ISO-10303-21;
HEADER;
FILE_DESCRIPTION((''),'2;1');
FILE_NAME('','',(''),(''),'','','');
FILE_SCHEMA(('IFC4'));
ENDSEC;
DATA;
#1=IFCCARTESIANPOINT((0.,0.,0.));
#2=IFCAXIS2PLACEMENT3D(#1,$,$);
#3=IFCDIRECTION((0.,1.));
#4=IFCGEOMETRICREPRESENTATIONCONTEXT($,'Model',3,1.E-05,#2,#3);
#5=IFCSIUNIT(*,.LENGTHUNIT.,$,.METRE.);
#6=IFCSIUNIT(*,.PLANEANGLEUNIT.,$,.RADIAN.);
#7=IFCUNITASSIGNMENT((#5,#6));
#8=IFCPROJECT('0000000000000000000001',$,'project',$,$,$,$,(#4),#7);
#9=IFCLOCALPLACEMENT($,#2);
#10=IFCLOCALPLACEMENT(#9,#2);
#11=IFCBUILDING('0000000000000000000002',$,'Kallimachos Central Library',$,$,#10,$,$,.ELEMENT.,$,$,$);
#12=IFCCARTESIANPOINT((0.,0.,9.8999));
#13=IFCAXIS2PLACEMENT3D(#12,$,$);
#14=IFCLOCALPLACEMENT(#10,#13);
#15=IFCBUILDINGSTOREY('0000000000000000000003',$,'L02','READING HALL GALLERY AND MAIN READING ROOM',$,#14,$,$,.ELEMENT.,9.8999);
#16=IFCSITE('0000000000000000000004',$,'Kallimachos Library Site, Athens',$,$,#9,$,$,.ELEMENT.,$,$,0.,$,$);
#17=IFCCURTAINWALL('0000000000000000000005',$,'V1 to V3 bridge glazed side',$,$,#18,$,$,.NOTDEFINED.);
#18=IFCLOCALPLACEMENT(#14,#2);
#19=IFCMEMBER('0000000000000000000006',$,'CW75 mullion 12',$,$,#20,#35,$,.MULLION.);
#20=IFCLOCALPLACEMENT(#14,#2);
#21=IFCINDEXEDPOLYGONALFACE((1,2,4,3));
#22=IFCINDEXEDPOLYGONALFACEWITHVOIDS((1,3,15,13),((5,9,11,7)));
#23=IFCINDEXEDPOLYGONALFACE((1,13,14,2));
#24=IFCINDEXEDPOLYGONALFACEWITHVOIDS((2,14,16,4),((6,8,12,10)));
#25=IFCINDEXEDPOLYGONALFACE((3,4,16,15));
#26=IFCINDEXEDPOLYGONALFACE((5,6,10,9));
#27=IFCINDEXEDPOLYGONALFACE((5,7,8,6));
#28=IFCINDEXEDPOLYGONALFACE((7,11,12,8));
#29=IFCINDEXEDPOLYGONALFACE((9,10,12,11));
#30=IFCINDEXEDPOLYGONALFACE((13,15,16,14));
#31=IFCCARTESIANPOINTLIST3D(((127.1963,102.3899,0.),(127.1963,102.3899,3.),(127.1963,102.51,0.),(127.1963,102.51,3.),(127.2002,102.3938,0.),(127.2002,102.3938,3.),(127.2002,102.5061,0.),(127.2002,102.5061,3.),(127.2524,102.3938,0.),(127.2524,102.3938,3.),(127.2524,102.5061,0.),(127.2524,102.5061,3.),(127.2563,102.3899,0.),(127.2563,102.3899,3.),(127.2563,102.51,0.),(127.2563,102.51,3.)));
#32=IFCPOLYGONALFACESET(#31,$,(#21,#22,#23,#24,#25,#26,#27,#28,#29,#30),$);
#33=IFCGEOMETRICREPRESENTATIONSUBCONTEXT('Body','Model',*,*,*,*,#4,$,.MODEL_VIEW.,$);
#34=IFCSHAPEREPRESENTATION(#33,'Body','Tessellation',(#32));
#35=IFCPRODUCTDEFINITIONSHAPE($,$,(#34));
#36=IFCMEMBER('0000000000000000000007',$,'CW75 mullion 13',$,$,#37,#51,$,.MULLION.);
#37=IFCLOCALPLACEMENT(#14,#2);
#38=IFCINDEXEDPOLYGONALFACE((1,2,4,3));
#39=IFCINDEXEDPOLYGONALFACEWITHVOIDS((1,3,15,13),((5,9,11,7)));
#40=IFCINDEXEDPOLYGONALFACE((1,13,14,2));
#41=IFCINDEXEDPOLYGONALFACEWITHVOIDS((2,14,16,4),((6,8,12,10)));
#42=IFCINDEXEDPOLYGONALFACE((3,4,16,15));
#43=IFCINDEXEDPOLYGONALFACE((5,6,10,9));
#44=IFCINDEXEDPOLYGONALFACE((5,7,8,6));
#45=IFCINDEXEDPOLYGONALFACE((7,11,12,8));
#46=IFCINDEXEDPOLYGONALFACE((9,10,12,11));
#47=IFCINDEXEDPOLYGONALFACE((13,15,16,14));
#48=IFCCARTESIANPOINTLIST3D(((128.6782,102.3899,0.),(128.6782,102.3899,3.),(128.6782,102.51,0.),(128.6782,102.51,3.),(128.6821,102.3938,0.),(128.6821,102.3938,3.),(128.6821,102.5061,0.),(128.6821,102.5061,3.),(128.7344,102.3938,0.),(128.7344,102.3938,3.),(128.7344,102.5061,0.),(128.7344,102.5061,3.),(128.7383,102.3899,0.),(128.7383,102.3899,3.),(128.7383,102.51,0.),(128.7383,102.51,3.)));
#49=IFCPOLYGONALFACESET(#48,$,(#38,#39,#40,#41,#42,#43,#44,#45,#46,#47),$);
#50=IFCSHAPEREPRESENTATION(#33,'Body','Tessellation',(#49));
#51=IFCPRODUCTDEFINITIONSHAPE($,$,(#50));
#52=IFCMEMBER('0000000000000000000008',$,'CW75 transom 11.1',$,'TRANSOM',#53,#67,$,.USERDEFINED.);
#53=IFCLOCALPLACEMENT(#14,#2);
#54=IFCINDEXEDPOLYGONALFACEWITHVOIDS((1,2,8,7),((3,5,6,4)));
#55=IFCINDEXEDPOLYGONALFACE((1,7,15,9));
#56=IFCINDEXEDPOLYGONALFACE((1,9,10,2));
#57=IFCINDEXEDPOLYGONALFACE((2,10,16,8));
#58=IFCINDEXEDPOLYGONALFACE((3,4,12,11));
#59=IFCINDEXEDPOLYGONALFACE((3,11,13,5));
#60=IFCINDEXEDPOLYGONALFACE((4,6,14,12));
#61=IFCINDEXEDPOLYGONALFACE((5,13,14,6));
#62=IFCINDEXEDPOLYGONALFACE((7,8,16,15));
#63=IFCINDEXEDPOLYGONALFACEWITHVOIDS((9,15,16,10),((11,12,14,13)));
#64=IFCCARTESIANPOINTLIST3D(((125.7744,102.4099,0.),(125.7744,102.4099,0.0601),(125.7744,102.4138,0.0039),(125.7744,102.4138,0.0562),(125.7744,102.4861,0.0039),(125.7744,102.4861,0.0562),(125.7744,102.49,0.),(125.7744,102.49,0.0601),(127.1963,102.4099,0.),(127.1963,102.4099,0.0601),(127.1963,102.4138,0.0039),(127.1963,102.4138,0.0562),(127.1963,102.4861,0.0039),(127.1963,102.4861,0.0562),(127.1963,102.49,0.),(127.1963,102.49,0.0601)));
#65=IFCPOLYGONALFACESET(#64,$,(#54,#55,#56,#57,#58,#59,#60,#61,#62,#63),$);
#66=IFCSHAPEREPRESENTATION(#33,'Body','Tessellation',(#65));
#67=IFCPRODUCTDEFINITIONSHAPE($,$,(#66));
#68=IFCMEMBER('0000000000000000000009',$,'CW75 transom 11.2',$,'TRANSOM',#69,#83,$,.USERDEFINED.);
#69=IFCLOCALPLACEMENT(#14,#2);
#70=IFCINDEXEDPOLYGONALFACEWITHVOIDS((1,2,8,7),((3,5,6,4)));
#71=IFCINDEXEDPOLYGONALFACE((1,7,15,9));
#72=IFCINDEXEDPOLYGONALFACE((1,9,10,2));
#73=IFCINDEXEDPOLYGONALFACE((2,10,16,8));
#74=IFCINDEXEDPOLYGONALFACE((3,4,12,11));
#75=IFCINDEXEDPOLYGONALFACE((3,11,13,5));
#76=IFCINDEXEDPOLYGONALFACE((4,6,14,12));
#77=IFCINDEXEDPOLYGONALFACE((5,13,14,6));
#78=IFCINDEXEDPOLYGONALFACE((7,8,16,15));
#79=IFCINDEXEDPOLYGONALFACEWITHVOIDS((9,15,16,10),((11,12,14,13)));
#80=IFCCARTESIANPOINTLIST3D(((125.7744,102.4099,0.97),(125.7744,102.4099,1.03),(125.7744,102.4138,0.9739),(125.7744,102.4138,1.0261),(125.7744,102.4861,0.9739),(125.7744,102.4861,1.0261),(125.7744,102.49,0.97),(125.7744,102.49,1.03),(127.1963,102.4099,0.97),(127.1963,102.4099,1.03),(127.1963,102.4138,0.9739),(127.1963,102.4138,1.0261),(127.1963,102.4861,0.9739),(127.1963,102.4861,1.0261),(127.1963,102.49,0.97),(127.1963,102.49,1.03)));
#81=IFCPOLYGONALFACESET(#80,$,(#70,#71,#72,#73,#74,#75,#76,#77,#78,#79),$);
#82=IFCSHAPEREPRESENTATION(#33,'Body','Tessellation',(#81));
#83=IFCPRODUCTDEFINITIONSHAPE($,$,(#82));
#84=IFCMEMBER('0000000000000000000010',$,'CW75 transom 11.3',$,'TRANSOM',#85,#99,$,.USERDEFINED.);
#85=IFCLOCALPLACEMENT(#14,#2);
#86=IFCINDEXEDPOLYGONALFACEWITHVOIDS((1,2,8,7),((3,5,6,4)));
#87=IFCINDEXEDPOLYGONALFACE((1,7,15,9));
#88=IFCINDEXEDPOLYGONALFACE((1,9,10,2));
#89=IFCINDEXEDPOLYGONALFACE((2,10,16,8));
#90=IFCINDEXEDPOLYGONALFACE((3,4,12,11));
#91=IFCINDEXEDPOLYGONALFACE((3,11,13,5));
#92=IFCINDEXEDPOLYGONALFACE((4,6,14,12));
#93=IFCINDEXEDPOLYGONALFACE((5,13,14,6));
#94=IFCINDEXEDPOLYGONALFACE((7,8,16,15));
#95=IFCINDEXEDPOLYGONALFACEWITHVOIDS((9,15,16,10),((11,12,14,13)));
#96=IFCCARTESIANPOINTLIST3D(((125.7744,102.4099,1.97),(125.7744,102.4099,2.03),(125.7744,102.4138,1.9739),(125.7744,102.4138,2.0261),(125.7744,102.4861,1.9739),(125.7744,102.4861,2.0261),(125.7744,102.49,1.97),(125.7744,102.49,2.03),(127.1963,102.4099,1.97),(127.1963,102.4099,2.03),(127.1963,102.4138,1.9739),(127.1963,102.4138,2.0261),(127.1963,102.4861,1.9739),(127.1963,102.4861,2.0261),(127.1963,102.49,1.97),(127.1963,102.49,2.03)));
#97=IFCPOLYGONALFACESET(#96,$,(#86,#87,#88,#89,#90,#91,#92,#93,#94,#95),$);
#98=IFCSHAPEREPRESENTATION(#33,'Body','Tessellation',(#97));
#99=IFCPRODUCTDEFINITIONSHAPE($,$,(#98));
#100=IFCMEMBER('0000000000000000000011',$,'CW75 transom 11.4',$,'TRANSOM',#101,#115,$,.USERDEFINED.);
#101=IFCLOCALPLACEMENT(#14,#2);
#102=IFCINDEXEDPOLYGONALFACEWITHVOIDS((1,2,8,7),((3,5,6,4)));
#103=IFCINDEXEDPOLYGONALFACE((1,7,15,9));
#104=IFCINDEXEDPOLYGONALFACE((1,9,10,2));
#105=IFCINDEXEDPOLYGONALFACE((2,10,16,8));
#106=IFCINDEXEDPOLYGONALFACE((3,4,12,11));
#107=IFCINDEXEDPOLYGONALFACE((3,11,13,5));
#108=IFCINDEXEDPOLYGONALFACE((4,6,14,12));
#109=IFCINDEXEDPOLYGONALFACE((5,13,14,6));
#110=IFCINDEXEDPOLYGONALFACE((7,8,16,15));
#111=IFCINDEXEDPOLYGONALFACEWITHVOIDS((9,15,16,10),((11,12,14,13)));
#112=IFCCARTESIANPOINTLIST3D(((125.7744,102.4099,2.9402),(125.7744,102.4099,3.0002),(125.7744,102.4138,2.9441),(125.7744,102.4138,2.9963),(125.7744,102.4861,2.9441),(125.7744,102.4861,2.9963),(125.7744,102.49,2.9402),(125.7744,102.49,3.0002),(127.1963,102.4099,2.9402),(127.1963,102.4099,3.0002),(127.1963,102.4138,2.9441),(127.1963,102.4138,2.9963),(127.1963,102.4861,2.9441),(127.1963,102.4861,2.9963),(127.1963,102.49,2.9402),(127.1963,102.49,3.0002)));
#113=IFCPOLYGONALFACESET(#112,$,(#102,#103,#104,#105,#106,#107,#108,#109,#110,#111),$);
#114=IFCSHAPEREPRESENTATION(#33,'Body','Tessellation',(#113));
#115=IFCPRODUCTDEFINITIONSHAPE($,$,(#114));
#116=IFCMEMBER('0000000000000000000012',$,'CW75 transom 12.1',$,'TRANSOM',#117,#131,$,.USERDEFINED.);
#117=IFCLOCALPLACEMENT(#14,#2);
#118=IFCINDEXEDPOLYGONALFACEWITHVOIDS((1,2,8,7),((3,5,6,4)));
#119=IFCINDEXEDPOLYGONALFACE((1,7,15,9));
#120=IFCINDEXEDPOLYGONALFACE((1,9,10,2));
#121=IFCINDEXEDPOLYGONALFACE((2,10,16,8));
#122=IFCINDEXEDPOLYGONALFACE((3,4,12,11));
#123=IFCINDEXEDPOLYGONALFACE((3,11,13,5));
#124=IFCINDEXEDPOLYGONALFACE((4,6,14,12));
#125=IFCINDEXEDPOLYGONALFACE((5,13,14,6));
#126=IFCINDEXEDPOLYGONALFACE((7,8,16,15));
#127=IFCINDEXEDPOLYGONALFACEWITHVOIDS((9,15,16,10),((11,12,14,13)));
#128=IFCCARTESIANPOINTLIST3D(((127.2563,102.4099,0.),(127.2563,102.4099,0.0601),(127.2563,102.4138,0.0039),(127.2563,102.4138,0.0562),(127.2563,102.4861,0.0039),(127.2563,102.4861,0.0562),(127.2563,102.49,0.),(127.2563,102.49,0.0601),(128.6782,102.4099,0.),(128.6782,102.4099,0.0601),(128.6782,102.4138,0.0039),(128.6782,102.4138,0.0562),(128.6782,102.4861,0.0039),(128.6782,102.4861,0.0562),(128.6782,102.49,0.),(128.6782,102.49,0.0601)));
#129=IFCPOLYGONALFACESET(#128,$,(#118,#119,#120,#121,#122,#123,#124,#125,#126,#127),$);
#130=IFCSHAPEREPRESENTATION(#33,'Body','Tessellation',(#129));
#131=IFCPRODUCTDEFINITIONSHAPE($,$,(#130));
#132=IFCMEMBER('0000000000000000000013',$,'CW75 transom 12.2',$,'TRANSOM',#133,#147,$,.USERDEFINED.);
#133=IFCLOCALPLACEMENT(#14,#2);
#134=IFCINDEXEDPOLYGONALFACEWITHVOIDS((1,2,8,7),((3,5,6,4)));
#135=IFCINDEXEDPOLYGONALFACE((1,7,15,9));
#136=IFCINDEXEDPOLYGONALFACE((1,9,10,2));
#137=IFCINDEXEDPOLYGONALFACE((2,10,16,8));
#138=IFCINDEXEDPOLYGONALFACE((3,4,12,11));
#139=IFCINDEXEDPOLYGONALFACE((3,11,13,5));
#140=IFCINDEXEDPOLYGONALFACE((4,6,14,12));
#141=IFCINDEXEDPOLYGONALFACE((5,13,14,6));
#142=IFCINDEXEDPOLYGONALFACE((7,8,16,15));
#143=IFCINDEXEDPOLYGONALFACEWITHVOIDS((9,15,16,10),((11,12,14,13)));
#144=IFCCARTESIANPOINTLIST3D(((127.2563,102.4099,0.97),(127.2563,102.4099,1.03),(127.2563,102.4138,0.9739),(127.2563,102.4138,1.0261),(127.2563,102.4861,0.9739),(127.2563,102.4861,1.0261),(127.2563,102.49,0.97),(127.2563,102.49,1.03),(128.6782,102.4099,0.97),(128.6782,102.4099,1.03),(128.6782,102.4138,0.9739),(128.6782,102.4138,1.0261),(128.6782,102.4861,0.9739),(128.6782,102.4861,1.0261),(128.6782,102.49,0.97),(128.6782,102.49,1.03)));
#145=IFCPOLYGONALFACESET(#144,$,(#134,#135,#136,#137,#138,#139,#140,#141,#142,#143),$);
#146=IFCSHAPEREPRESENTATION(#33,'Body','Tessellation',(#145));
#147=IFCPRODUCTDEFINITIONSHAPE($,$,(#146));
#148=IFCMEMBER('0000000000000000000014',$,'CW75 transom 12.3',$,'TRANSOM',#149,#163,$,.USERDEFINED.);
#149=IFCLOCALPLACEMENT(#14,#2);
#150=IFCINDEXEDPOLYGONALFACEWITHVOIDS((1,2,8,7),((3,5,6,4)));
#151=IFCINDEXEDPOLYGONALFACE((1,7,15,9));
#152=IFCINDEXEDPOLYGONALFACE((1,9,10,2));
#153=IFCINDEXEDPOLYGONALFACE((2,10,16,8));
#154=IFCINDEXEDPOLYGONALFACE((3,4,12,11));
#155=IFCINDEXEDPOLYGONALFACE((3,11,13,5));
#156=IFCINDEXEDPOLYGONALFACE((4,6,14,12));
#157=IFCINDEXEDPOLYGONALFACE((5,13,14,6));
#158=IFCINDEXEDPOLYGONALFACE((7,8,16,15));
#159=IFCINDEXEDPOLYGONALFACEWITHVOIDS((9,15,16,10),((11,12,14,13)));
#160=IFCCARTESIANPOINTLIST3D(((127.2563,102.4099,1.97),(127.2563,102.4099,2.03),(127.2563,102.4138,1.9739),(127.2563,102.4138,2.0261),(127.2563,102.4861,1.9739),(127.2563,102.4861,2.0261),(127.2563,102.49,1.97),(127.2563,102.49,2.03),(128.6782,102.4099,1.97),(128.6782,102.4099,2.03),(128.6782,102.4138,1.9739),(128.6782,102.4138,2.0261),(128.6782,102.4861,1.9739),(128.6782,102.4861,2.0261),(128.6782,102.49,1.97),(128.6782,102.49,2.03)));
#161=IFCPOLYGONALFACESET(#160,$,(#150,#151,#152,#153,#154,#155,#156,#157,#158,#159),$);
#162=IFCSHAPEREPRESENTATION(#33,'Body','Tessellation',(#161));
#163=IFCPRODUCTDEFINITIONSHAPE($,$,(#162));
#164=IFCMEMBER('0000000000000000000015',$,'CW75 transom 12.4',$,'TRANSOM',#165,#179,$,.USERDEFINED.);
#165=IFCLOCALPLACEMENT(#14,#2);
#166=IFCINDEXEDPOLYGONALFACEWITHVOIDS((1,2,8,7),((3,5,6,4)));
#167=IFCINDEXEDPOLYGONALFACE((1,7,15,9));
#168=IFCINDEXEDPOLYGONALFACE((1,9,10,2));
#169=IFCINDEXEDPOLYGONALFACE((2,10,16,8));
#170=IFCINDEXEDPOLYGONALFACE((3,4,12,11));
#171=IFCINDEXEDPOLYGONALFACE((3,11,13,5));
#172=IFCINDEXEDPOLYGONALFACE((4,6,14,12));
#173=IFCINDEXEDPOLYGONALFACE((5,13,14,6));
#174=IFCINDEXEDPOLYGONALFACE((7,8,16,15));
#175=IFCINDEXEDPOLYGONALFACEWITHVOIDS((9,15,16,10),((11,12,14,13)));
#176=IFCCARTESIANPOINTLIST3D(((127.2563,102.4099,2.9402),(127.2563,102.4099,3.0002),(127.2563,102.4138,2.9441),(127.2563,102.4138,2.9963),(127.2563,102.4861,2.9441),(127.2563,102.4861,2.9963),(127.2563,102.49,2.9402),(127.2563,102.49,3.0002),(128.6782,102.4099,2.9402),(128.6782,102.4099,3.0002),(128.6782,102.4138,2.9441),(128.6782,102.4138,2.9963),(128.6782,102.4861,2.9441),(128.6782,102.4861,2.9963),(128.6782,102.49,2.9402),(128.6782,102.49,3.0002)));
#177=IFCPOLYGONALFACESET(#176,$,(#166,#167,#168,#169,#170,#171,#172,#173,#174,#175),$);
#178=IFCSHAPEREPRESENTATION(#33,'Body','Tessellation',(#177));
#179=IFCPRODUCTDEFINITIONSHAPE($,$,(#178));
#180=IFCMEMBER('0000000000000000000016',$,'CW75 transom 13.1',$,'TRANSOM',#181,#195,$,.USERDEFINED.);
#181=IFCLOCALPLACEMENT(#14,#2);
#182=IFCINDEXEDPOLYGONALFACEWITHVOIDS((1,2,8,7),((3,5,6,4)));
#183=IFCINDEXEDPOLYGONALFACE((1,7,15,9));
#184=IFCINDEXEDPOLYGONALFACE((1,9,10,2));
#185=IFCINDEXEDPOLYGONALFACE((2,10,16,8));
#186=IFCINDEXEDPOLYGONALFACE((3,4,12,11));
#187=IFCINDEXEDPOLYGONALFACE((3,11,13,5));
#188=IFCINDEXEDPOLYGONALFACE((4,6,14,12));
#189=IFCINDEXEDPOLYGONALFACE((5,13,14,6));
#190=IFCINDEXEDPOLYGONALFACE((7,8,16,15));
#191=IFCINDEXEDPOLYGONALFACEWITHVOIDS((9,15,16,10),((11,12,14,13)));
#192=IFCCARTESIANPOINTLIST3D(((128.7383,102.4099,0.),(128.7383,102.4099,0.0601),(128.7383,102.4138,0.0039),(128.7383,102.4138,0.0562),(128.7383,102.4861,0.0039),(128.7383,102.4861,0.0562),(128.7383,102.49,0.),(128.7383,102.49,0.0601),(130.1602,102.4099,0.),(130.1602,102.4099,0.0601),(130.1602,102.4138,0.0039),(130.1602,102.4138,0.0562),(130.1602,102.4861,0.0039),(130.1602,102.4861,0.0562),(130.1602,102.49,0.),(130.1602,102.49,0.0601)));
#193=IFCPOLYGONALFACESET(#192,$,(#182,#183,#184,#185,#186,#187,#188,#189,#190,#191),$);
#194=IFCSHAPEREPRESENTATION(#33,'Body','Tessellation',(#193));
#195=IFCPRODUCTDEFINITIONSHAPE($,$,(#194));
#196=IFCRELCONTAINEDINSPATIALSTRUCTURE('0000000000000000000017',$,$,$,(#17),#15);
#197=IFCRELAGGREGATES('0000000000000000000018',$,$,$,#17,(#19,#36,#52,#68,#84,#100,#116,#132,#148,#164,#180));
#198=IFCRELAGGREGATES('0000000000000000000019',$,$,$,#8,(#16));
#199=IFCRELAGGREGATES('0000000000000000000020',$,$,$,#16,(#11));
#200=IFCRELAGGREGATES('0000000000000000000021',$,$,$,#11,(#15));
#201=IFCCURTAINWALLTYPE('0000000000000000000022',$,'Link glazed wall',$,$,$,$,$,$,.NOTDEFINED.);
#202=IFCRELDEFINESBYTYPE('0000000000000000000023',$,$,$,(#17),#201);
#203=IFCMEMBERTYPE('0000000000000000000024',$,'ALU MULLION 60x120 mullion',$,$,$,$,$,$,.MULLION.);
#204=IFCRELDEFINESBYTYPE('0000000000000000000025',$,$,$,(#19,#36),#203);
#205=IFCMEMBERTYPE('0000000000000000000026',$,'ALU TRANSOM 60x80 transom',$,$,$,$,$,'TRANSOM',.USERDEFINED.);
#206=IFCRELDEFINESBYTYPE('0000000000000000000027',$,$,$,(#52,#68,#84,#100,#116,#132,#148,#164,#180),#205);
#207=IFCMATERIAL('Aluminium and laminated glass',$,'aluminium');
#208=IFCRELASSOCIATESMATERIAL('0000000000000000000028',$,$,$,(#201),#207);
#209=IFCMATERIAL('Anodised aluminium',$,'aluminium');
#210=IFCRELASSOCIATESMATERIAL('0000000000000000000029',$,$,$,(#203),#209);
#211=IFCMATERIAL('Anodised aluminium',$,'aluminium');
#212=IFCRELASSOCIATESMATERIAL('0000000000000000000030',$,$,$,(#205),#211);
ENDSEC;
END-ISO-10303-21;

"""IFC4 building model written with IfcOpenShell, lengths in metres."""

from ifc_helpers import new_model, si_unit, direction, frame, origin, origin_2d, place, context, subcontext, project, spatial, hollow_rectangle, extrude, material, material_profile, profile_set, type_object, element, aggregate, save


model = new_model("IFC4")

# Units and contexts
model_context = context("Model", 3, precision=1e-05, world=origin(), true_north=direction((0.0, 1.0)))
body_context = subcontext(model_context, "Body", "Model", "MODEL_VIEW")
ifc_project = project(units=[si_unit("LENGTHUNIT", "METRE"), si_unit("PLANEANGLEUNIT", "RADIAN")], contexts=[model_context])

# Site, building, storey
site_placement = place(None, origin())
site = spatial("IfcSite", under=ifc_project, at=site_placement, Name="Kallimachos Library Site, Athens", CompositionType="ELEMENT", RefElevation=0.0)
building_placement = place(site_placement, origin())
building = spatial("IfcBuilding", under=site, at=building_placement, Name="Kallimachos Central Library", CompositionType="ELEMENT")
storey_placement = place(building_placement, frame((0.0, 0.0, 9.8999)))
storey = spatial("IfcBuildingStorey", under=building, at=storey_placement, Name="L02", Description="READING HALL GALLERY AND MAIN READING ROOM", CompositionType="ELEMENT", Elevation=9.8999)

# Curtain wall, members
ifc_material_1 = material(Name="Aluminium and laminated glass", Category="aluminium")
curtain_wall_type = type_object("IfcCurtainWallType", Name="Link glazed wall", PredefinedType="NOTDEFINED", material=ifc_material_1)
curtain_wall_1_placement = place(storey_placement, origin())
curtain_wall_1 = element("IfcCurtainWall", 1, at=curtain_wall_1_placement, inside=storey, type_object=curtain_wall_type, Name="V1 to V3 bridge glazed side", PredefinedType="NOTDEFINED")
ifc_material_2 = material(Name="Anodised aluminium", Category="aluminium")
ifc_material_profile_1 = material_profile(ifc_material_2, hollow_rectangle(XDim=0.0601, YDim=0.1201, WallThickness=0.0039, at=origin_2d()), Name="ALU MULLION 60x120")
ifc_profile_set_1 = profile_set([ifc_material_profile_1], Name="Anodised aluminium")
member_type_1 = type_object("IfcMemberType", Name="ALU MULLION 60x120 mullion", PredefinedType="MULLION", material=ifc_profile_set_1)
member_1_placement = place(storey_placement, frame((127.2263, 102.45, 0.0), z_axis=(0.0, 0.0, 1.0), x_axis=(1.0, 0.0, 0.0)))
member_1 = element("IfcMember", 2, at=member_1_placement, type_object=member_type_1, Name="CW75 mullion 12", PredefinedType="MULLION", context=body_context, shape_type="SweptSolid", body=[
    extrude(hollow_rectangle(XDim=0.0601, YDim=0.1201, WallThickness=0.0039, at=origin_2d()), origin(), (0.0, 0.0, 1.0), 3.0),
])
member_2_placement = place(storey_placement, frame((128.7083, 102.45, 0.0), z_axis=(0.0, 0.0, 1.0), x_axis=(1.0, 0.0, 0.0)))
member_2 = element("IfcMember", 3, at=member_2_placement, type_object=member_type_1, Name="CW75 mullion 13", PredefinedType="MULLION", context=body_context, shape_type="SweptSolid", body=[
    extrude(hollow_rectangle(XDim=0.0601, YDim=0.1201, WallThickness=0.0039, at=origin_2d()), origin(), (0.0, 0.0, 1.0), 3.0),
])
ifc_material_3 = material(Name="Anodised aluminium", Category="aluminium")
ifc_material_profile_2 = material_profile(ifc_material_3, hollow_rectangle(XDim=0.0601, YDim=0.0801, WallThickness=0.0039, at=origin_2d()), Name="ALU TRANSOM 60x80")
ifc_profile_set_2 = profile_set([ifc_material_profile_2], Name="Anodised aluminium")
member_type_2 = type_object("IfcMemberType", Name="ALU TRANSOM 60x80 transom", ElementType="TRANSOM", PredefinedType="USERDEFINED", material=ifc_profile_set_2)
member_3_placement = place(storey_placement, frame((125.7744, 102.45, 0.03), z_axis=(1.0, 0.0, 0.0), x_axis=(0.0, 0.0, 1.0)))
member_3 = element("IfcMember", 4, at=member_3_placement, type_object=member_type_2, Name="CW75 transom 11.1", ObjectType="TRANSOM", PredefinedType="USERDEFINED", context=body_context, shape_type="SweptSolid", body=[
    extrude(hollow_rectangle(XDim=0.0601, YDim=0.0801, WallThickness=0.0039, at=origin_2d()), origin(), (0.0, 0.0, 1.0), 1.4219),
])
member_4_placement = place(storey_placement, frame((125.7744, 102.45, 1.0), z_axis=(1.0, 0.0, 0.0), x_axis=(0.0, 0.0, 1.0)))
member_4 = element("IfcMember", 5, at=member_4_placement, type_object=member_type_2, Name="CW75 transom 11.2", ObjectType="TRANSOM", PredefinedType="USERDEFINED", context=body_context, shape_type="SweptSolid", body=[
    extrude(hollow_rectangle(XDim=0.0601, YDim=0.0801, WallThickness=0.0039, at=origin_2d()), origin(), (0.0, 0.0, 1.0), 1.4219),
])
member_5_placement = place(storey_placement, frame((125.7744, 102.45, 2.0), z_axis=(1.0, 0.0, 0.0), x_axis=(0.0, 0.0, 1.0)))
member_5 = element("IfcMember", 6, at=member_5_placement, type_object=member_type_2, Name="CW75 transom 11.3", ObjectType="TRANSOM", PredefinedType="USERDEFINED", context=body_context, shape_type="SweptSolid", body=[
    extrude(hollow_rectangle(XDim=0.0601, YDim=0.0801, WallThickness=0.0039, at=origin_2d()), origin(), (0.0, 0.0, 1.0), 1.4219),
])
member_6_placement = place(storey_placement, frame((125.7744, 102.45, 2.9702), z_axis=(1.0, 0.0, 0.0), x_axis=(0.0, 0.0, 1.0)))
member_6 = element("IfcMember", 7, at=member_6_placement, type_object=member_type_2, Name="CW75 transom 11.4", ObjectType="TRANSOM", PredefinedType="USERDEFINED", context=body_context, shape_type="SweptSolid", body=[
    extrude(hollow_rectangle(XDim=0.0601, YDim=0.0801, WallThickness=0.0039, at=origin_2d()), origin(), (0.0, 0.0, 1.0), 1.4219),
])
member_7_placement = place(storey_placement, frame((127.2563, 102.45, 0.03), z_axis=(1.0, 0.0, 0.0), x_axis=(0.0, 0.0, 1.0)))
member_7 = element("IfcMember", 8, at=member_7_placement, type_object=member_type_2, Name="CW75 transom 12.1", ObjectType="TRANSOM", PredefinedType="USERDEFINED", context=body_context, shape_type="SweptSolid", body=[
    extrude(hollow_rectangle(XDim=0.0601, YDim=0.0801, WallThickness=0.0039, at=origin_2d()), origin(), (0.0, 0.0, 1.0), 1.4219),
])
member_8_placement = place(storey_placement, frame((127.2563, 102.45, 1.0), z_axis=(1.0, 0.0, 0.0), x_axis=(0.0, 0.0, 1.0)))
member_8 = element("IfcMember", 9, at=member_8_placement, type_object=member_type_2, Name="CW75 transom 12.2", ObjectType="TRANSOM", PredefinedType="USERDEFINED", context=body_context, shape_type="SweptSolid", body=[
    extrude(hollow_rectangle(XDim=0.0601, YDim=0.0801, WallThickness=0.0039, at=origin_2d()), origin(), (0.0, 0.0, 1.0), 1.4219),
])
member_9_placement = place(storey_placement, frame((127.2563, 102.45, 2.0), z_axis=(1.0, 0.0, 0.0), x_axis=(0.0, 0.0, 1.0)))
member_9 = element("IfcMember", 10, at=member_9_placement, type_object=member_type_2, Name="CW75 transom 12.3", ObjectType="TRANSOM", PredefinedType="USERDEFINED", context=body_context, shape_type="SweptSolid", body=[
    extrude(hollow_rectangle(XDim=0.0601, YDim=0.0801, WallThickness=0.0039, at=origin_2d()), origin(), (0.0, 0.0, 1.0), 1.4219),
])
member_10_placement = place(storey_placement, frame((127.2563, 102.45, 2.9702), z_axis=(1.0, 0.0, 0.0), x_axis=(0.0, 0.0, 1.0)))
member_10 = element("IfcMember", 11, at=member_10_placement, type_object=member_type_2, Name="CW75 transom 12.4", ObjectType="TRANSOM", PredefinedType="USERDEFINED", context=body_context, shape_type="SweptSolid", body=[
    extrude(hollow_rectangle(XDim=0.0601, YDim=0.0801, WallThickness=0.0039, at=origin_2d()), origin(), (0.0, 0.0, 1.0), 1.4219),
])
member_11_placement = place(storey_placement, frame((128.7383, 102.45, 0.03), z_axis=(1.0, 0.0, 0.0), x_axis=(0.0, 0.0, 1.0)))
member_11 = element("IfcMember", 12, at=member_11_placement, type_object=member_type_2, Name="CW75 transom 13.1", ObjectType="TRANSOM", PredefinedType="USERDEFINED", context=body_context, shape_type="SweptSolid", body=[
    extrude(hollow_rectangle(XDim=0.0601, YDim=0.0801, WallThickness=0.0039, at=origin_2d()), origin(), (0.0, 0.0, 1.0), 1.4219),
])

aggregate(curtain_wall_1, [member_1, member_2, member_3, member_4, member_5, member_6, member_7, member_8, member_9, member_10, member_11])

save(model, "model.ifc")
